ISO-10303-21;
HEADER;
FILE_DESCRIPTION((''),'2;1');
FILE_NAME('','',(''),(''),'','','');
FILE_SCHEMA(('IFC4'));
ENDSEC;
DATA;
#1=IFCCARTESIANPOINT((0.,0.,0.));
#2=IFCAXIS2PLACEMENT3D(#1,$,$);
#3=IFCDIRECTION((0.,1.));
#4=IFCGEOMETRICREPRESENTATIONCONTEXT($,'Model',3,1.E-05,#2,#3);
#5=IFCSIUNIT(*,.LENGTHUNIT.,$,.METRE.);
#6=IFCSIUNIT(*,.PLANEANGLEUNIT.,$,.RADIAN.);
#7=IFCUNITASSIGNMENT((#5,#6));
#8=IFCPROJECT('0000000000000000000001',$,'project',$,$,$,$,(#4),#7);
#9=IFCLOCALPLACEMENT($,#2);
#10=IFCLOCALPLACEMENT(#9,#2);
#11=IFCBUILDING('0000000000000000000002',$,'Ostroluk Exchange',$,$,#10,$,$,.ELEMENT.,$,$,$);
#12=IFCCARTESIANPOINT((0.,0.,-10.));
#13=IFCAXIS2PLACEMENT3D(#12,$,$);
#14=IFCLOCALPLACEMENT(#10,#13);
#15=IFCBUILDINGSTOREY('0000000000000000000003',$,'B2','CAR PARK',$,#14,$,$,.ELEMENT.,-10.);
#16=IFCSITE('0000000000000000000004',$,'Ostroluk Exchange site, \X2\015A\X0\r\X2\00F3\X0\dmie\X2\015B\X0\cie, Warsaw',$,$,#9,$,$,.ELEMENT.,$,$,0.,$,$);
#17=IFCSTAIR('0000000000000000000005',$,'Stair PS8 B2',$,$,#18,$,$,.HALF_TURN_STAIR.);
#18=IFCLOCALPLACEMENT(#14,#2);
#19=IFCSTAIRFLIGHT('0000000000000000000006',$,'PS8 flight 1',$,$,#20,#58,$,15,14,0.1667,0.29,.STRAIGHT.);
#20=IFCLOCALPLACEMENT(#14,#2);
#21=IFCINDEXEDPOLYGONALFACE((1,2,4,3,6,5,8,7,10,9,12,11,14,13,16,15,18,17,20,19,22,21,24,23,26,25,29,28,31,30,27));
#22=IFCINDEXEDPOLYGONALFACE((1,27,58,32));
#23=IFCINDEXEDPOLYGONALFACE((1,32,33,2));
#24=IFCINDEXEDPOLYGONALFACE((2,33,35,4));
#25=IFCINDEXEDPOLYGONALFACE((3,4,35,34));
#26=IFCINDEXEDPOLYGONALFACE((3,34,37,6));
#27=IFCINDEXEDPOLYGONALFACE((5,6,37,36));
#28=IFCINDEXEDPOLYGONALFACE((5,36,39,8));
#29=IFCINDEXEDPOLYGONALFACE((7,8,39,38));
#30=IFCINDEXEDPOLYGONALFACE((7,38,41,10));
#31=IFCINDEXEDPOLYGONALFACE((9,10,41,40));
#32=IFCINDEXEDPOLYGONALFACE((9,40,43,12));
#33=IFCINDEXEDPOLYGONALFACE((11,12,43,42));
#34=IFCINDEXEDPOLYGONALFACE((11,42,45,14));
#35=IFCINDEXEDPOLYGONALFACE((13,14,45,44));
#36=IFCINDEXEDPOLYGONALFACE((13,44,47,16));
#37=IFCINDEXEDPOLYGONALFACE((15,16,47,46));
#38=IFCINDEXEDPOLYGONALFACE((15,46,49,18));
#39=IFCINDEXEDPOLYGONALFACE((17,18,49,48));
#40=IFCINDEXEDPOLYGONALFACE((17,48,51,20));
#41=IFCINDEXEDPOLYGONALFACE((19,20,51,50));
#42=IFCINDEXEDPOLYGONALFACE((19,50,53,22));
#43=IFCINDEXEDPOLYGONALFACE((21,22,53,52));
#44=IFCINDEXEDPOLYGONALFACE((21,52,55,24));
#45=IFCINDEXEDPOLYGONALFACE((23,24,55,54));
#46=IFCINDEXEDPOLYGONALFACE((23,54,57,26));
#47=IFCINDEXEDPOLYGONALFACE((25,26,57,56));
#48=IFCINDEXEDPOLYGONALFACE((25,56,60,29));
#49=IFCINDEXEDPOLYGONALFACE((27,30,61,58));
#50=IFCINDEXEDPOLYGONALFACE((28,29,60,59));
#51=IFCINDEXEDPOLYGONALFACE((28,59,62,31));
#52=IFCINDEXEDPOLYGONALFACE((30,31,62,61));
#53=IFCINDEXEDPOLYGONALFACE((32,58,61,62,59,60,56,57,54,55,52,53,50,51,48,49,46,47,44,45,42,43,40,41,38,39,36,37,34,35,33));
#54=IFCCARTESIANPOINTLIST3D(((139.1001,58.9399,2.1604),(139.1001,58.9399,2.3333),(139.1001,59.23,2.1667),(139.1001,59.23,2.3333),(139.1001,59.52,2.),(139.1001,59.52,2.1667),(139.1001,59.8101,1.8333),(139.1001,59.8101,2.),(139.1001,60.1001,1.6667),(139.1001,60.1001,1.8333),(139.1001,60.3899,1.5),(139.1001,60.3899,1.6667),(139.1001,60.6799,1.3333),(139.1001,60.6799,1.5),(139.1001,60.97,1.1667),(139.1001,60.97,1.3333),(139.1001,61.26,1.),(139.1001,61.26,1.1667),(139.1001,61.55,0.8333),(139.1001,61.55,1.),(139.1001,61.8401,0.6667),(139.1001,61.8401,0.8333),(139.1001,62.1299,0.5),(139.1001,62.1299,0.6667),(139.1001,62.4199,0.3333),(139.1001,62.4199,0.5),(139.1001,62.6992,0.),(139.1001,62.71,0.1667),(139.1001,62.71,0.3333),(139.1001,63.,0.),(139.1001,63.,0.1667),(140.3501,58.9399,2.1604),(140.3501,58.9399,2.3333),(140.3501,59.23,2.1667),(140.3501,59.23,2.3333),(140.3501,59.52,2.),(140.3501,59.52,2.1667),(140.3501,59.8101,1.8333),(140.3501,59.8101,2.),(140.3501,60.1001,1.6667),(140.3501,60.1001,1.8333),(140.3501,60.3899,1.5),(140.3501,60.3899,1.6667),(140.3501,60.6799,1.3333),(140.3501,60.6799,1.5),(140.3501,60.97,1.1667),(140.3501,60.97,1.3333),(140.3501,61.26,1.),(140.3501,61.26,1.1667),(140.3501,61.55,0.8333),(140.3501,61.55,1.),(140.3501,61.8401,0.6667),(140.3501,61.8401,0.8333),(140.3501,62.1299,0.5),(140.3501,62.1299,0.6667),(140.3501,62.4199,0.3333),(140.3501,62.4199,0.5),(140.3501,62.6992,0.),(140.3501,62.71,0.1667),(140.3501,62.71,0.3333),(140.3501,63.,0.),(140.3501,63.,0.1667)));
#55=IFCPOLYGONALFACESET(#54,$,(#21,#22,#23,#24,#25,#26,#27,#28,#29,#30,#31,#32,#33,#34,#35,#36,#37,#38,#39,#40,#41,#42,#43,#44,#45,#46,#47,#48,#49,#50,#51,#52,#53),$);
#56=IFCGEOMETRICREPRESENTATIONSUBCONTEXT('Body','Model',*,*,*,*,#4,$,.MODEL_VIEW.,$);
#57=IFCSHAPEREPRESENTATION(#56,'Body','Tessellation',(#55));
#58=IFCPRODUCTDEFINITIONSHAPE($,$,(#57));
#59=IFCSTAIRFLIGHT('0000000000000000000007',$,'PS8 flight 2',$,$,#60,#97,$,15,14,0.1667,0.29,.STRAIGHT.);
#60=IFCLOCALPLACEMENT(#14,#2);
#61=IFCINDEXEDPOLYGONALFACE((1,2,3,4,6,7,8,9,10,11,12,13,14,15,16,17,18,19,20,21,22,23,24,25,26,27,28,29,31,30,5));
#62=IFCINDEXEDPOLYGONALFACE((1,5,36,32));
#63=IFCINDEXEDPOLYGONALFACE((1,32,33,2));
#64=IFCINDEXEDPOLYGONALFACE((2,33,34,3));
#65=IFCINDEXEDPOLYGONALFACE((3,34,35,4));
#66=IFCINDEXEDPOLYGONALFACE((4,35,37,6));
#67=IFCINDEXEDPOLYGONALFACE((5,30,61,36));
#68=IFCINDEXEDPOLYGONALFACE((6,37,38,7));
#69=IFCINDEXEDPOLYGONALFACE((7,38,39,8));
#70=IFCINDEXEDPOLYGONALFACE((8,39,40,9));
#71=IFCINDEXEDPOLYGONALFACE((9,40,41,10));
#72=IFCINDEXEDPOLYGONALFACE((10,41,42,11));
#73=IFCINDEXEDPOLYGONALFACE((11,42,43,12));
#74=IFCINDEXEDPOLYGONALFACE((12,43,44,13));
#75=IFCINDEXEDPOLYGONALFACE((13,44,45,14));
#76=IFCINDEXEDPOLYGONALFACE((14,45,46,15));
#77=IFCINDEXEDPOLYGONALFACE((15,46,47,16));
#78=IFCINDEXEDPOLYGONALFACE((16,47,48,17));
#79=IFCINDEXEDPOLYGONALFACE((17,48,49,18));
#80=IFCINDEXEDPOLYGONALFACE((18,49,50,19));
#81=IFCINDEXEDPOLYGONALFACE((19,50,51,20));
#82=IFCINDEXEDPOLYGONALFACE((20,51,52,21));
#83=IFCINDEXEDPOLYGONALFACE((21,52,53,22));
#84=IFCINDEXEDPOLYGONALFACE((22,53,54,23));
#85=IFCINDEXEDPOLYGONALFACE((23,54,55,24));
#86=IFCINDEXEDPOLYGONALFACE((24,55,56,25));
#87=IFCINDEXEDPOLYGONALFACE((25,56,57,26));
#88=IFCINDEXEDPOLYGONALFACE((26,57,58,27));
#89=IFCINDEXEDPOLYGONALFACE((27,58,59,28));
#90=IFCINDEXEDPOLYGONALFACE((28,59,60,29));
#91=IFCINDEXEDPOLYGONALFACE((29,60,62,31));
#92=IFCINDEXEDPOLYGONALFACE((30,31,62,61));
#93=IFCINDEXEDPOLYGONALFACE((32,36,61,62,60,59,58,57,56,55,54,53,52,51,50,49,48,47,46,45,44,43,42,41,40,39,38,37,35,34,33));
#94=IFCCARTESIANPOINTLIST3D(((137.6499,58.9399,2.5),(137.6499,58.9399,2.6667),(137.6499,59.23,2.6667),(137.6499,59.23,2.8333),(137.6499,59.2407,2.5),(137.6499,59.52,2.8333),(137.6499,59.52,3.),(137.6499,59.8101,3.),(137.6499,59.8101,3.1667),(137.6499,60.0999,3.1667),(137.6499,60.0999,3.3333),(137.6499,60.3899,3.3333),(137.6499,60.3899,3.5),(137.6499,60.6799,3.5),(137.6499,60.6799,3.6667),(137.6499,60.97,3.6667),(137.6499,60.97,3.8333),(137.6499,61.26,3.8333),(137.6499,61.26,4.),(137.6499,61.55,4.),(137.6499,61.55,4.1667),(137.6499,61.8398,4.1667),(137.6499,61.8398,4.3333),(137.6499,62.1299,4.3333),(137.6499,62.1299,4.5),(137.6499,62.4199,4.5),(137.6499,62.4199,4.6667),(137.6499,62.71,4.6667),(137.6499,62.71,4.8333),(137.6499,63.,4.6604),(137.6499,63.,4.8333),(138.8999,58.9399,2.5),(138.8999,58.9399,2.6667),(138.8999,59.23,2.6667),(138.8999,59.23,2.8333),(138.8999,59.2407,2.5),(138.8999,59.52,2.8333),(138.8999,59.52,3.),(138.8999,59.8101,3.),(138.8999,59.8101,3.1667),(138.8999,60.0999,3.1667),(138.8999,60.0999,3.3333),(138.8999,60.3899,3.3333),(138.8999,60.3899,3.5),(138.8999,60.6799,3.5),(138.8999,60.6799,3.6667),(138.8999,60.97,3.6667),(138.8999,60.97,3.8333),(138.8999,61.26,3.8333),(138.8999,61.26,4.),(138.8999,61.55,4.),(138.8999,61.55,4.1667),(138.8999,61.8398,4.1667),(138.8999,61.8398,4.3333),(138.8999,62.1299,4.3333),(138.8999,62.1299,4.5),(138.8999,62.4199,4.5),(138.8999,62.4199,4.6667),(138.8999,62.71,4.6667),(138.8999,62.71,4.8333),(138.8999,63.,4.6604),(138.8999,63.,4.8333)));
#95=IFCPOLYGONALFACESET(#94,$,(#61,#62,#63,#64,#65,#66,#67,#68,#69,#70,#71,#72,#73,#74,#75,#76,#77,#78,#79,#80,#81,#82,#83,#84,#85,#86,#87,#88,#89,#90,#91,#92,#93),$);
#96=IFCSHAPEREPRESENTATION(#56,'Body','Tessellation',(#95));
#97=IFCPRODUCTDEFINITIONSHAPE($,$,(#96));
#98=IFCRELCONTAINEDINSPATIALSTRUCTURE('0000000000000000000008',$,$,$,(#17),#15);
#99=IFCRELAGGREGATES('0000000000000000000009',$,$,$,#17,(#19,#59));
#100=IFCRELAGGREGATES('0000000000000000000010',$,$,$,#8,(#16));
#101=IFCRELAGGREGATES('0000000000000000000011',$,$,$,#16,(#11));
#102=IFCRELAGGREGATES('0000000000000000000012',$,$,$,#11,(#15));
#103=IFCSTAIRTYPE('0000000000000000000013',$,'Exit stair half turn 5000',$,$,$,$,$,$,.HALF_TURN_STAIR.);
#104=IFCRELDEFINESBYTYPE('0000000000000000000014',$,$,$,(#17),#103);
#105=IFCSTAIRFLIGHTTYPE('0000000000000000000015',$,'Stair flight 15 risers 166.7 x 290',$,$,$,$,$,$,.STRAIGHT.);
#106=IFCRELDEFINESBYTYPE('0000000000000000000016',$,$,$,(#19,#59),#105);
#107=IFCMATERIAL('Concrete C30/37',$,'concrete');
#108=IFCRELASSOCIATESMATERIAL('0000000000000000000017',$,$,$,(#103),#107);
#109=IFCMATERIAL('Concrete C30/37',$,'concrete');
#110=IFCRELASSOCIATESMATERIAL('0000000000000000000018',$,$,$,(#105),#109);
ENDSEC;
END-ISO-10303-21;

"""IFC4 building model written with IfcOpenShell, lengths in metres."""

from ifc_helpers import new_model, si_unit, direction, frame, origin, place, context, subcontext, project, spatial, polyline, outline, extrude, material, type_object, element, aggregate, save


model = new_model("IFC4")

# Units and contexts
model_context = context("Model", 3, precision=1e-05, world=origin(), true_north=direction((0.0, 1.0)))
body_context = subcontext(model_context, "Body", "Model", "MODEL_VIEW")
ifc_project = project(units=[si_unit("LENGTHUNIT", "METRE"), si_unit("PLANEANGLEUNIT", "RADIAN")], contexts=[model_context])

# Site, building, storey
site_placement = place(None, origin())
site = spatial("IfcSite", under=ifc_project, at=site_placement, Name="Ostroluk Exchange site, Śródmieście, Warsaw", CompositionType="ELEMENT", RefElevation=0.0)
building_placement = place(site_placement, origin())
building = spatial("IfcBuilding", under=site, at=building_placement, Name="Ostroluk Exchange", CompositionType="ELEMENT")
storey_placement = place(building_placement, frame((0.0, 0.0, -10.0)))
storey = spatial("IfcBuildingStorey", under=building, at=storey_placement, Name="B2", Description="CAR PARK", CompositionType="ELEMENT", Elevation=-10.0)

# Stair, stair flights
ifc_material_1 = material(Name="Concrete C30/37", Category="concrete")
stair_type = type_object("IfcStairType", Name="Exit stair half turn 5000", PredefinedType="HALF_TURN_STAIR", material=ifc_material_1)
stair_placement = place(storey_placement, origin())
stair = element("IfcStair", 1, at=stair_placement, inside=storey, type_object=stair_type, Name="Stair PS8 B2", PredefinedType="HALF_TURN_STAIR")
ifc_material_2 = material(Name="Concrete C30/37", Category="concrete")
stair_flight_type = type_object("IfcStairFlightType", Name="Stair flight 15 risers 166.7 x 290", PredefinedType="STRAIGHT", material=ifc_material_2)
stair_flight_1_placement = place(storey_placement, frame((139.7251, 63.0, 0.0), z_axis=(0.0, 0.0, 1.0), x_axis=(0.0, -1.0, 0.0)))
stair_flight_1 = element("IfcStairFlight", 2, at=stair_flight_1_placement, type_object=stair_flight_type, Name="PS8 flight 1", NumberOfRisers=15, NumberOfTreads=14, PredefinedType="STRAIGHT", RiserHeight=0.1667, TreadLength=0.29, context=body_context, shape_type="SweptSolid", body=[
    extrude(outline(polyline([(0.0, 0.0), (0.0, 0.1667), (0.29, 0.1667), (0.29, 0.3333), (0.5801, 0.3333), (0.5801, 0.5), (0.8701, 0.5), (0.8701, 0.6667), (1.1599, 0.6667), (1.1599, 0.8333), (1.45, 0.8333), (1.45, 1.0), (1.74, 1.0), (1.74, 1.1667), (2.03, 1.1667), (2.03, 1.3333), (2.3201, 1.3333), (2.3201, 1.5), (2.6101, 1.5), (2.6101, 1.6667), (2.8999, 1.6667), (2.8999, 1.8333), (3.1899, 1.8333), (3.1899, 2.0), (3.48, 2.0), (3.48, 2.1667), (3.77, 2.1667), (3.77, 2.3333), (4.0601, 2.3333), (4.0601, 2.5), (4.0601, 2.1604), (0.3008, 0.0), (0.0, 0.0)])), frame((0.0, 0.625, 0.0), z_axis=(0.0, -1.0, 0.0), x_axis=(1.0, 0.0, 0.0)), (0.0, 0.0, 1.0), 1.25),
])
stair_flight_2_placement = place(storey_placement, frame((138.2749, 58.9399, 2.5), z_axis=(0.0, 0.0, 1.0), x_axis=(0.0, 1.0, 0.0)))
stair_flight_2 = element("IfcStairFlight", 3, at=stair_flight_2_placement, type_object=stair_flight_type, Name="PS8 flight 2", NumberOfRisers=15, NumberOfTreads=14, PredefinedType="STRAIGHT", RiserHeight=0.1667, TreadLength=0.29, context=body_context, shape_type="SweptSolid", body=[
    extrude(outline(polyline([(0.0, 0.0), (0.0, 0.1667), (0.29, 0.1667), (0.29, 0.3333), (0.5801, 0.3333), (0.5801, 0.5), (0.8701, 0.5), (0.8701, 0.6667), (1.1599, 0.6667), (1.1599, 0.8333), (1.45, 0.8333), (1.45, 1.0), (1.74, 1.0), (1.74, 1.1667), (2.03, 1.1667), (2.03, 1.3333), (2.3201, 1.3333), (2.3201, 1.5), (2.6101, 1.5), (2.6101, 1.6667), (2.8999, 1.6667), (2.8999, 1.8333), (3.1899, 1.8333), (3.1899, 2.0), (3.48, 2.0), (3.48, 2.1667), (3.77, 2.1667), (3.77, 2.3333), (4.0601, 2.3333), (4.0601, 2.5), (4.0601, 2.1604), (0.3008, 0.0), (0.0, 0.0)])), frame((0.0, 0.625, 0.0), z_axis=(0.0, -1.0, 0.0), x_axis=(1.0, 0.0, 0.0)), (0.0, 0.0, 1.0), 1.25),
])
aggregate(stair, [stair_flight_1, stair_flight_2])

save(model, "model.ifc")
